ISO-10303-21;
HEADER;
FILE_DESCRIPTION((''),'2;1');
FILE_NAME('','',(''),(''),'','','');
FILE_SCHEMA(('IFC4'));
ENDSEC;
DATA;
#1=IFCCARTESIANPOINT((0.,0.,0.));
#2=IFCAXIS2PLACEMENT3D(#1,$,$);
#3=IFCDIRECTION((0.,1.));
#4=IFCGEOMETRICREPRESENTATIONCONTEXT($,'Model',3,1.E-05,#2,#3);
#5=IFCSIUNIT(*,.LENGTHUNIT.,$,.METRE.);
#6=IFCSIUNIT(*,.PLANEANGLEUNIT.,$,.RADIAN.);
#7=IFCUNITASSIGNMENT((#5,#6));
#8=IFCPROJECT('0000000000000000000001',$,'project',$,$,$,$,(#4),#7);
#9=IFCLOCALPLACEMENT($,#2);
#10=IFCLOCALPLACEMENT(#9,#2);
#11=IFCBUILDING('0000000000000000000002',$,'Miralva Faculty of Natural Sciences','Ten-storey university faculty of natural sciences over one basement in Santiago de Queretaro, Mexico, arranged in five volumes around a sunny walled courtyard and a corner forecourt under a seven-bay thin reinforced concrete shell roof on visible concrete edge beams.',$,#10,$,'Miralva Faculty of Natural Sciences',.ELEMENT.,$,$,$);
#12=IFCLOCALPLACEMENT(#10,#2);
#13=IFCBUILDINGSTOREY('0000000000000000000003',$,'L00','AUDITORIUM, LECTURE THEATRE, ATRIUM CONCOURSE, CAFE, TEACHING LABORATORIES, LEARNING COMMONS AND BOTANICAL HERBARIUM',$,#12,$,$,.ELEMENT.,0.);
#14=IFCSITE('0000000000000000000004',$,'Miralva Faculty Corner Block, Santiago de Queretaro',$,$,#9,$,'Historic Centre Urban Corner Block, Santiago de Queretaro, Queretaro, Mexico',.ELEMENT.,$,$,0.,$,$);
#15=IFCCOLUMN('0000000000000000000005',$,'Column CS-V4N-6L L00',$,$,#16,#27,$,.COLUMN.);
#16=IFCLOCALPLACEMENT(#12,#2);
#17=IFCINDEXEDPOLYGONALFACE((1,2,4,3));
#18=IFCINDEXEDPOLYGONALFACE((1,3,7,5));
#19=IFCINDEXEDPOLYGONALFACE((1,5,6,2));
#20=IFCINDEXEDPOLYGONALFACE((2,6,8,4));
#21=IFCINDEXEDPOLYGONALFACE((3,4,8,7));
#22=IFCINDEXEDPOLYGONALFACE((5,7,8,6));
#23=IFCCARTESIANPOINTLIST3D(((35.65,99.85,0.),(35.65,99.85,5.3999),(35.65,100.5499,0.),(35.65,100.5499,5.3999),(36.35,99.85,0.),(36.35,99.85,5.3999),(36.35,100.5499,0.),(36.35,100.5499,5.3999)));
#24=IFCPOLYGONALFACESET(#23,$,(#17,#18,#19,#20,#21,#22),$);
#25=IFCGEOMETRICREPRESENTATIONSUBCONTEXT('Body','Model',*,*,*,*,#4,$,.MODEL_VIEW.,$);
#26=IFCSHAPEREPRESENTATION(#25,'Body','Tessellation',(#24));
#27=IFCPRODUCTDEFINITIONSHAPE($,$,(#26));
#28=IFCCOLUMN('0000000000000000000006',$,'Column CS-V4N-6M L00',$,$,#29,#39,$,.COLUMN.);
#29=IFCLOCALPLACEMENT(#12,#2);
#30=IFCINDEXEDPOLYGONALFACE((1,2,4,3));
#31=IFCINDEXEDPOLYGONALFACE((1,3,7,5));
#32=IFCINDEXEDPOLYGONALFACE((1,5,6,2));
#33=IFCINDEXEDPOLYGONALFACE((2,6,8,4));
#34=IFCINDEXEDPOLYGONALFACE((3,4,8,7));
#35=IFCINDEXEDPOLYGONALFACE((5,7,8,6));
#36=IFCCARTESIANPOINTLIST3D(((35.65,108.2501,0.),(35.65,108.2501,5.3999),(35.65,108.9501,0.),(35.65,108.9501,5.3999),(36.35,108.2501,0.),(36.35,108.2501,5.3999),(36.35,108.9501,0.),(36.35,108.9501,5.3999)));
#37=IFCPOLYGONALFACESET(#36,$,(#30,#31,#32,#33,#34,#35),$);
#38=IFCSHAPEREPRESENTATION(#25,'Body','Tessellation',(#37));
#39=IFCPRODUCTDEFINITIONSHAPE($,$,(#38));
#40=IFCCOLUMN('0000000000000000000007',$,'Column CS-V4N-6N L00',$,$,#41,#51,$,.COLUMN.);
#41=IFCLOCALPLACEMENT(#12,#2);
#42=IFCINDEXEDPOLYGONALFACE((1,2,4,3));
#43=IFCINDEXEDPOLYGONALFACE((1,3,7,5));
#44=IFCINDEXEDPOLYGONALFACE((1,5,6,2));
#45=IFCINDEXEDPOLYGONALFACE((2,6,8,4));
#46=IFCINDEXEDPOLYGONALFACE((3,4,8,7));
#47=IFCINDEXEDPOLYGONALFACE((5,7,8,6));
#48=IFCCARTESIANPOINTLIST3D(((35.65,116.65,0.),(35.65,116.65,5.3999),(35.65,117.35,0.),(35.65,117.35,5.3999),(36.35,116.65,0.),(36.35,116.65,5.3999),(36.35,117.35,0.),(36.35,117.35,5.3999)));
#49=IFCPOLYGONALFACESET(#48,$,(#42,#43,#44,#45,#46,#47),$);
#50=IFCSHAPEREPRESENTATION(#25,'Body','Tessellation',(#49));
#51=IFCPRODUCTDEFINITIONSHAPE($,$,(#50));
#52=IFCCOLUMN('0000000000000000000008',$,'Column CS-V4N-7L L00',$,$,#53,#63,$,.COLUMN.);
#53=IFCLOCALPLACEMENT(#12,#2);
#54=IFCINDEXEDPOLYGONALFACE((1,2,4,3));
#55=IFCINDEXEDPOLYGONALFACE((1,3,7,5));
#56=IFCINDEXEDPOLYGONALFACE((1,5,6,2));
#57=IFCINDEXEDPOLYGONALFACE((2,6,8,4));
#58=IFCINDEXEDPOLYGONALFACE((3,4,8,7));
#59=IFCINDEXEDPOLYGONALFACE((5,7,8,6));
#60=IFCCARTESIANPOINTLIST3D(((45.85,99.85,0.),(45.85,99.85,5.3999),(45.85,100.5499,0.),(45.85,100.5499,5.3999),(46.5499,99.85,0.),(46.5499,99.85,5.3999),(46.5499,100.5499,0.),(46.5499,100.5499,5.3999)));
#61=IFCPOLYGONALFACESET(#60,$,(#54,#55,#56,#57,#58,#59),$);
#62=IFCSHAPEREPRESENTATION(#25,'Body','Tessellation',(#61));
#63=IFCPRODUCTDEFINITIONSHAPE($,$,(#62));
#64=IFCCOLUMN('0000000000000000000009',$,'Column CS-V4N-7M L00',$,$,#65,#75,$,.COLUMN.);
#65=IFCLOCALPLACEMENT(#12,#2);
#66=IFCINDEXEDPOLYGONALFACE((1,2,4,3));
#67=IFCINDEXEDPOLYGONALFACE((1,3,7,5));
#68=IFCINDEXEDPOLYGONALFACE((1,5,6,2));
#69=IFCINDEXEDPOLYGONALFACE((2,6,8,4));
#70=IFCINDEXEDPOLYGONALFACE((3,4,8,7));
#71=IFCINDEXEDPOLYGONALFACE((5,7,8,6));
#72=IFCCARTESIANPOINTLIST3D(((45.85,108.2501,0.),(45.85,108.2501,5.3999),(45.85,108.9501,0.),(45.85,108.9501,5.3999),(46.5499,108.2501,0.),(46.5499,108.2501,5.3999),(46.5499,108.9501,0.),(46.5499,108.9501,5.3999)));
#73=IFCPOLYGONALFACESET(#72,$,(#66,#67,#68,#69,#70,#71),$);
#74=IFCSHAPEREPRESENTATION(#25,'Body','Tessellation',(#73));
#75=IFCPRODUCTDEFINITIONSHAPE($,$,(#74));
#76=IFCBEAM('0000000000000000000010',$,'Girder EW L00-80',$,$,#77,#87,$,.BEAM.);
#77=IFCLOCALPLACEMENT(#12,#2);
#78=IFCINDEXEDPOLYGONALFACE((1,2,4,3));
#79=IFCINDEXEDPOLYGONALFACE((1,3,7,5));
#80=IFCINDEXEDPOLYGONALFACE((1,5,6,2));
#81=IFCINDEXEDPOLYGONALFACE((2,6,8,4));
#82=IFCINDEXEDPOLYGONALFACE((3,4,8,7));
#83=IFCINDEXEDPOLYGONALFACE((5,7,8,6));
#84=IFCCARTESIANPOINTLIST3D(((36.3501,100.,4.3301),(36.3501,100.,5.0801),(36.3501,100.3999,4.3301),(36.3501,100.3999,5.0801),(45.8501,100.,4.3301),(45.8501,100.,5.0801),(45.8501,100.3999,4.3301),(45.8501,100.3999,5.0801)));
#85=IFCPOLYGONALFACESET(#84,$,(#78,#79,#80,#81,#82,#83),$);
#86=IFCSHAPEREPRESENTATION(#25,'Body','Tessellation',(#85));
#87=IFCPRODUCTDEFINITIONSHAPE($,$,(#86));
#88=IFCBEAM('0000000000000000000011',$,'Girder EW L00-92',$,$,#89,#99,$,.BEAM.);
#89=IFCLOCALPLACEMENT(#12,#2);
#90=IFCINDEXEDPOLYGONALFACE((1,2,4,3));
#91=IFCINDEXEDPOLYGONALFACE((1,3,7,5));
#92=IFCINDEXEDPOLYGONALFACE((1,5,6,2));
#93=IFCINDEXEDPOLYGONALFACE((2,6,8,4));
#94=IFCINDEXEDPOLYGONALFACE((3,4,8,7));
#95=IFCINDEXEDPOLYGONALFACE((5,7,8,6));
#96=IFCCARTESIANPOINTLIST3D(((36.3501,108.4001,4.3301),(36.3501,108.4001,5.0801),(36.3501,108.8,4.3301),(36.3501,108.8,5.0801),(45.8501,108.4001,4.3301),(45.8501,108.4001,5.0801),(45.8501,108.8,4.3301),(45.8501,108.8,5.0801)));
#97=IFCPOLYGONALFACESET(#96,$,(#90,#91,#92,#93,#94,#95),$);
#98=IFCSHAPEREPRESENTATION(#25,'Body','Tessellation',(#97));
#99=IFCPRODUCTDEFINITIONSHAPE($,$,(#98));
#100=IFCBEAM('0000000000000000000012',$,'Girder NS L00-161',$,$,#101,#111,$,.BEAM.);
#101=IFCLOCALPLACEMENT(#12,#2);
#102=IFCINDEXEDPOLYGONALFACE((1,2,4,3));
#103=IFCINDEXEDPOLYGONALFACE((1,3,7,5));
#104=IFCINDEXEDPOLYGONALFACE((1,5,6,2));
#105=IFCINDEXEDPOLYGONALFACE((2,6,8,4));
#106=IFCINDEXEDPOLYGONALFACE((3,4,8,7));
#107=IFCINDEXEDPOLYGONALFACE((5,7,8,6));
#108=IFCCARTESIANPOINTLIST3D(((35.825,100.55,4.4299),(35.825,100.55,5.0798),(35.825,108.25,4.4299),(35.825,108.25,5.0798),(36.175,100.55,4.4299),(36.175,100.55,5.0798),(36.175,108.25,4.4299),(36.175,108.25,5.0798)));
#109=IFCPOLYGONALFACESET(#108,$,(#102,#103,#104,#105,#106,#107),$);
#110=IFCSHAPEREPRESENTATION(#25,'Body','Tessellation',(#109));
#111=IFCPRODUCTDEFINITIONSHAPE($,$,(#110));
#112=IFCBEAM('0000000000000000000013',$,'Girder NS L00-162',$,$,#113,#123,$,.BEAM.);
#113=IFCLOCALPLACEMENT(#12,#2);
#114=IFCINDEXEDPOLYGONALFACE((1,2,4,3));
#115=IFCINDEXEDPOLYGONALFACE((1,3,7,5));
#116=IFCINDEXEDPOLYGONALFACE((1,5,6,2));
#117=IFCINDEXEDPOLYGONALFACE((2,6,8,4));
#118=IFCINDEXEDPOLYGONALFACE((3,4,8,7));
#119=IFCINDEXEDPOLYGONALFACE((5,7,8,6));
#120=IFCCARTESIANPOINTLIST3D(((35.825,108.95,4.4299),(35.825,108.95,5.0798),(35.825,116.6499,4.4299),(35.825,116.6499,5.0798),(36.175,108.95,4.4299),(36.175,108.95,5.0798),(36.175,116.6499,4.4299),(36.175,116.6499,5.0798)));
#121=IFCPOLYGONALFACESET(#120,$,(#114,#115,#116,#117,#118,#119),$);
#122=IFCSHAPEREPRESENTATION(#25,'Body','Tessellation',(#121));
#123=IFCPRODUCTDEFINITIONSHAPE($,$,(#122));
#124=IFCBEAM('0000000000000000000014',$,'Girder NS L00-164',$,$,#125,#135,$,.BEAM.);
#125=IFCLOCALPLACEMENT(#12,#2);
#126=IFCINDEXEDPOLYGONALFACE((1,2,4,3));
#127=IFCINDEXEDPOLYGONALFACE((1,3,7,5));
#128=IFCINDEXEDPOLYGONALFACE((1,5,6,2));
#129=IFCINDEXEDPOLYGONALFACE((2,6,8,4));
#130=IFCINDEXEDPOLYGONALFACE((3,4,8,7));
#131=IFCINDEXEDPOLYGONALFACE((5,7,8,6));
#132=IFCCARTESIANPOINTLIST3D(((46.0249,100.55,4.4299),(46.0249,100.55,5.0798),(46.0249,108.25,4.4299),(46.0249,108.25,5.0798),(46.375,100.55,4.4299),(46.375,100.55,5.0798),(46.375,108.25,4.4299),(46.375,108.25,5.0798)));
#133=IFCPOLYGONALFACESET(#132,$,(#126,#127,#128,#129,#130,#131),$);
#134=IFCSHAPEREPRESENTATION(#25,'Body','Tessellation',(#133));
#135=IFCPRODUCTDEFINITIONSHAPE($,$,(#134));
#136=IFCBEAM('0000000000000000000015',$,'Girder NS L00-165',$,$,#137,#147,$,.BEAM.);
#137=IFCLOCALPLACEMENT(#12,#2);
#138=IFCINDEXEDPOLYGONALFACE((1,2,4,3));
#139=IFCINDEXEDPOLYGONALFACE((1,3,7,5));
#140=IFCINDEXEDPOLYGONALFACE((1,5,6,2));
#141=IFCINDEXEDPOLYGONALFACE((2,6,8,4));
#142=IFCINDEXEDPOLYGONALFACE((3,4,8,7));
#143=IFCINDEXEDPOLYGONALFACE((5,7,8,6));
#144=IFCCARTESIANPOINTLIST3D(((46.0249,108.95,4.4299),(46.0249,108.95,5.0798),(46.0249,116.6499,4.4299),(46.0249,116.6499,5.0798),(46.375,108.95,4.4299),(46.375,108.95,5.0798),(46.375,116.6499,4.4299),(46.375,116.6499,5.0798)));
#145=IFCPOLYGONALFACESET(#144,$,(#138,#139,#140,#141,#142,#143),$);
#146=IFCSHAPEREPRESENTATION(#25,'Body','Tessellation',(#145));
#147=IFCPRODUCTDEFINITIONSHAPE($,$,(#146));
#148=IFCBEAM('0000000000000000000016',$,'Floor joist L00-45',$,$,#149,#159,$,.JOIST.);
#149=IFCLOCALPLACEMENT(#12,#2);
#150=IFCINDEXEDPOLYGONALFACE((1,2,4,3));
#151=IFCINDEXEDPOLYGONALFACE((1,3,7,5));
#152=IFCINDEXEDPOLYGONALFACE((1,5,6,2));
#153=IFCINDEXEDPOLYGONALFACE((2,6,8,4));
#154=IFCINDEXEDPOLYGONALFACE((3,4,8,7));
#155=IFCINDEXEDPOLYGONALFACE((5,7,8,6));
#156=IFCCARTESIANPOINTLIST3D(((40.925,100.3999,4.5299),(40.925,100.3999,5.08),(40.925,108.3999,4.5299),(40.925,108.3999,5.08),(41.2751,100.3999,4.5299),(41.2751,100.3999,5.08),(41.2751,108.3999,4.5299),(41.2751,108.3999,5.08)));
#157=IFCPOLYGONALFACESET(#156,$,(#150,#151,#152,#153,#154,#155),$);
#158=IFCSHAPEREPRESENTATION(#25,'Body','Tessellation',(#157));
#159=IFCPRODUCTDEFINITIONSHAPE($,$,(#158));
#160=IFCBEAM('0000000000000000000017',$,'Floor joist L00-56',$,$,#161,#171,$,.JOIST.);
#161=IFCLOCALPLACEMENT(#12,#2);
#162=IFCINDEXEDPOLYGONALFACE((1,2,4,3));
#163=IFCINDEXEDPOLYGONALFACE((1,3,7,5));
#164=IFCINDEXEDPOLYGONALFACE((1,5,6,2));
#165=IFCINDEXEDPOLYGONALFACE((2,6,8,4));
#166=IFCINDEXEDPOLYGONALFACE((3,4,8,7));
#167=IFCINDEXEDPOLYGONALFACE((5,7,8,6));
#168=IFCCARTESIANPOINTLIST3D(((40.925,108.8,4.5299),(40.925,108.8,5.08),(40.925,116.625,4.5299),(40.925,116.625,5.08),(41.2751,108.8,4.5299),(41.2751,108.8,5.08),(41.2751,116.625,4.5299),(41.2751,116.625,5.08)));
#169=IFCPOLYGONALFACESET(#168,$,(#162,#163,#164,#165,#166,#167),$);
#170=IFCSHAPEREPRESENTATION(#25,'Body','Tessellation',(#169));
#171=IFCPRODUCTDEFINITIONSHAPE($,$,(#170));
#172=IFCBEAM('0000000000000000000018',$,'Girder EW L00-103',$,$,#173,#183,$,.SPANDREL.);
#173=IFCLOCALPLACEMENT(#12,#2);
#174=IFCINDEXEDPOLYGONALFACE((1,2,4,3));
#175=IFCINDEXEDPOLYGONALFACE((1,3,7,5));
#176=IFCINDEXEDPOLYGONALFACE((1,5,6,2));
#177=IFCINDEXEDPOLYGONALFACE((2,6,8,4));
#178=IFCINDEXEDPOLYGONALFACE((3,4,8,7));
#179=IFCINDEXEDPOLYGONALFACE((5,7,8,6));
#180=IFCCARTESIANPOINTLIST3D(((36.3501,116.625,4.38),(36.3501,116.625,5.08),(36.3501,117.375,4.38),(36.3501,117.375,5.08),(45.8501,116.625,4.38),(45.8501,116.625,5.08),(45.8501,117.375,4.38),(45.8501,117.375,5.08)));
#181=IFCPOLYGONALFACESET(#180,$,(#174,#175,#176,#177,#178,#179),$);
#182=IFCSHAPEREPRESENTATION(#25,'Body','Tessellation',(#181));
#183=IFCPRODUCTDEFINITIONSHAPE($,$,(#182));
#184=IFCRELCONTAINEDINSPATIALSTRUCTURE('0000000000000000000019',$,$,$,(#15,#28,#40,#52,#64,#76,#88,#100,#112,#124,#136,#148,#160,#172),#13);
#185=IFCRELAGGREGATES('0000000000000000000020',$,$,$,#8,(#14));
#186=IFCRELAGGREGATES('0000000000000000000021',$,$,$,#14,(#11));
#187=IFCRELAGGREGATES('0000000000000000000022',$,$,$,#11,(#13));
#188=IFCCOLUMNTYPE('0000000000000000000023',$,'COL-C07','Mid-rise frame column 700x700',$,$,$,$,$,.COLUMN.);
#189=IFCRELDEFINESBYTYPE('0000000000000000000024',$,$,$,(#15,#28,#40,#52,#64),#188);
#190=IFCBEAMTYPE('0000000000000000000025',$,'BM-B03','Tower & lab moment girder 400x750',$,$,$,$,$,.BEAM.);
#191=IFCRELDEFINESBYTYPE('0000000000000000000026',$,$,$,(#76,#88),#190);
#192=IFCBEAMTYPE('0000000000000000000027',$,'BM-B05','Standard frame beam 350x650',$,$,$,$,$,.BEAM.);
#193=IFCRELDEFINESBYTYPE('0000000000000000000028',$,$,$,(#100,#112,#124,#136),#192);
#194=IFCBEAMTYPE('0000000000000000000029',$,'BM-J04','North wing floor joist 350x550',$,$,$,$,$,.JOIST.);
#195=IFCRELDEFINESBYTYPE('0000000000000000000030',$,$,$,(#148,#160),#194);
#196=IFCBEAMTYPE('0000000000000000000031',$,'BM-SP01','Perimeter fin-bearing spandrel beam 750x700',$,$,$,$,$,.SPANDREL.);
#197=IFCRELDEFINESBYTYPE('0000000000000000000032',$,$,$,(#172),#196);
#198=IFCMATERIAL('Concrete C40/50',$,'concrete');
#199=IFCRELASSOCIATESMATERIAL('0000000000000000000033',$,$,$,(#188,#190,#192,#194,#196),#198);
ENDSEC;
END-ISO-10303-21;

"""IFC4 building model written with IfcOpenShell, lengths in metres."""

from ifc_helpers import new_model, si_unit, direction, frame, origin, origin_2d, place, context, subcontext, project, spatial, rectangle, extrude, material, material_profile, profile_set, type_object, element, save


model = new_model("IFC4")

# Units and contexts
model_context = context("Model", 3, precision=1e-05, world=origin(), true_north=direction((0.0, 1.0)))
body_context = subcontext(model_context, "Body", "Model", "MODEL_VIEW")
ifc_project = project(units=[si_unit("LENGTHUNIT", "METRE"), si_unit("PLANEANGLEUNIT", "RADIAN")], contexts=[model_context])

# Site, building, storey
site_placement = place(None, origin())
site = spatial("IfcSite", under=ifc_project, at=site_placement, Name="Miralva Faculty Corner Block, Santiago de Queretaro", LongName="Historic Centre Urban Corner Block, Santiago de Queretaro, Queretaro, Mexico", CompositionType="ELEMENT", RefElevation=0.0)
building_placement = place(site_placement, origin())
building = spatial("IfcBuilding", under=site, at=building_placement, Name="Miralva Faculty of Natural Sciences", Description="Ten-storey university faculty of natural sciences over one basement in Santiago de Queretaro, Mexico, arranged in five volumes around a sunny walled courtyard and a corner forecourt under a seven-bay thin reinforced concrete shell roof on visible concrete edge beams.", LongName="Miralva Faculty of Natural Sciences", CompositionType="ELEMENT")
storey_placement = place(building_placement, origin())
storey = spatial("IfcBuildingStorey", under=building, at=storey_placement, Name="L00", Description="AUDITORIUM, LECTURE THEATRE, ATRIUM CONCOURSE, CAFE, TEACHING LABORATORIES, LEARNING COMMONS AND BOTANICAL HERBARIUM", CompositionType="ELEMENT", Elevation=0.0)

# Columns
ifc_material_1 = material(Name="Concrete C40/50", Category="concrete")
ifc_material_profile_1 = material_profile(ifc_material_1, rectangle(XDim=0.7, YDim=0.7, at=origin_2d()), Name="RC 700x700")
ifc_profile_set_1 = profile_set([ifc_material_profile_1], Name="Concrete C40/50")
column_type = type_object("IfcColumnType", Name="COL-C07", Description="Mid-rise frame column 700x700", PredefinedType="COLUMN", material=ifc_profile_set_1)
for number, where, z_axis, x_axis, name in (
    (1, (36.0, 100.2, 0.0), (0.0, 0.0, 1.0), (1.0, 0.0, 0.0), "Column CS-V4N-6L L00"),
    (2, (36.0, 108.6001, 0.0), (0.0, 0.0, 1.0), (1.0, 0.0, 0.0), "Column CS-V4N-6M L00"),
    (3, (36.0, 117.0, 0.0), (0.0, 0.0, 1.0), (1.0, 0.0, 0.0), "Column CS-V4N-6N L00"),
    (4, (46.2, 100.2, 0.0), (0.0, 0.0, 1.0), (1.0, 0.0, 0.0), "Column CS-V4N-7L L00"),
    (5, (46.2, 108.6001, 0.0), (0.0, 0.0, 1.0), (1.0, 0.0, 0.0), "Column CS-V4N-7M L00"),
):
    element("IfcColumn", number, at=place(storey_placement, frame(where, z_axis=z_axis, x_axis=x_axis)), inside=storey, type_object=column_type, Name=name, PredefinedType="COLUMN", context=body_context, shape_type="SweptSolid", body=[
        extrude(rectangle(XDim=0.7, YDim=0.7, at=origin_2d()), origin(), (0.0, 0.0, 1.0), 5.3999),
    ])

# Beams
ifc_material_profile_2 = material_profile(ifc_material_1, rectangle(XDim=0.3999, YDim=0.75, at=origin_2d()), Name="RC 400x750")
ifc_profile_set_2 = profile_set([ifc_material_profile_2], Name="Concrete C40/50")
beam_type_1 = type_object("IfcBeamType", Name="BM-B03", Description="Tower & lab moment girder 400x750", PredefinedType="BEAM", material=ifc_profile_set_2)
for number, where, z_axis, x_axis, name in (
    (6, (36.3501, 100.2, 4.7051), (1.0, 0.0, 0.0), (0.0, 1.0, 0.0), "Girder EW L00-80"),
    (7, (36.3501, 108.6001, 4.7051), (1.0, 0.0, 0.0), (0.0, 1.0, 0.0), "Girder EW L00-92"),
):
    element("IfcBeam", number, at=place(storey_placement, frame(where, z_axis=z_axis, x_axis=x_axis)), inside=storey, type_object=beam_type_1, Name=name, PredefinedType="BEAM", context=body_context, shape_type="SweptSolid", body=[
        extrude(rectangle(XDim=0.3999, YDim=0.75, at=origin_2d()), origin(), (0.0, 0.0, 1.0), 9.5),
    ])
ifc_material_profile_3 = material_profile(ifc_material_1, rectangle(XDim=0.3501, YDim=0.6499, at=origin_2d()), Name="RC 350x650")
ifc_profile_set_3 = profile_set([ifc_material_profile_3], Name="Concrete C40/50")
beam_type_2 = type_object("IfcBeamType", Name="BM-B05", Description="Standard frame beam 350x650", PredefinedType="BEAM", material=ifc_profile_set_3)
for number, where, z_axis, x_axis, name in (
    (8, (36.0, 100.55, 4.7549), (0.0, 1.0, 0.0), (-1.0, 0.0, 0.0), "Girder NS L00-161"),
    (9, (36.0, 108.95, 4.7549), (0.0, 1.0, 0.0), (-1.0, 0.0, 0.0), "Girder NS L00-162"),
    (10, (46.2, 100.55, 4.7549), (0.0, 1.0, 0.0), (-1.0, 0.0, 0.0), "Girder NS L00-164"),
    (11, (46.2, 108.95, 4.7549), (0.0, 1.0, 0.0), (-1.0, 0.0, 0.0), "Girder NS L00-165"),
):
    element("IfcBeam", number, at=place(storey_placement, frame(where, z_axis=z_axis, x_axis=x_axis)), inside=storey, type_object=beam_type_2, Name=name, PredefinedType="BEAM", context=body_context, shape_type="SweptSolid", body=[
        extrude(rectangle(XDim=0.3501, YDim=0.6499, at=origin_2d()), origin(), (0.0, 0.0, 1.0), 7.7),
    ])
ifc_material_profile_4 = material_profile(ifc_material_1, rectangle(XDim=0.3501, YDim=0.55, at=origin_2d()), Name="RC 350x550")
ifc_profile_set_4 = profile_set([ifc_material_profile_4], Name="Concrete C40/50")
beam_type_3 = type_object("IfcBeamType", Name="BM-J04", Description="North wing floor joist 350x550", PredefinedType="JOIST", material=ifc_profile_set_4)
beam_1_placement = place(storey_placement, frame((41.1001, 100.3999, 4.8049), z_axis=(0.0, 1.0, 0.0), x_axis=(-1.0, 0.0, 0.0)))
element("IfcBeam", 12, at=beam_1_placement, inside=storey, type_object=beam_type_3, Name="Floor joist L00-45", PredefinedType="JOIST", context=body_context, shape_type="SweptSolid", body=[
    extrude(rectangle(XDim=0.3501, YDim=0.55, at=origin_2d()), origin(), (0.0, 0.0, 1.0), 8.0),
])
beam_2_placement = place(storey_placement, frame((41.1001, 108.8, 4.8049), z_axis=(0.0, 1.0, 0.0), x_axis=(-1.0, 0.0, 0.0)))
element("IfcBeam", 13, at=beam_2_placement, inside=storey, type_object=beam_type_3, Name="Floor joist L00-56", PredefinedType="JOIST", context=body_context, shape_type="SweptSolid", body=[
    extrude(rectangle(XDim=0.3501, YDim=0.55, at=origin_2d()), origin(), (0.0, 0.0, 1.0), 7.825),
])
ifc_material_profile_5 = material_profile(ifc_material_1, rectangle(XDim=0.75, YDim=0.7, at=origin_2d()), Name="RC 750x700")
ifc_profile_set_5 = profile_set([ifc_material_profile_5], Name="Concrete C40/50")
beam_type_4 = type_object("IfcBeamType", Name="BM-SP01", Description="Perimeter fin-bearing spandrel beam 750x700", PredefinedType="SPANDREL", material=ifc_profile_set_5)
beam_3_placement = place(storey_placement, frame((36.3501, 117.0, 4.73), z_axis=(1.0, 0.0, 0.0), x_axis=(0.0, 1.0, 0.0)))
element("IfcBeam", 14, at=beam_3_placement, inside=storey, type_object=beam_type_4, Name="Girder EW L00-103", PredefinedType="SPANDREL", context=body_context, shape_type="SweptSolid", body=[
    extrude(rectangle(XDim=0.75, YDim=0.7, at=origin_2d()), origin(), (0.0, 0.0, 1.0), 9.5),
])

save(model, "model.ifc")
